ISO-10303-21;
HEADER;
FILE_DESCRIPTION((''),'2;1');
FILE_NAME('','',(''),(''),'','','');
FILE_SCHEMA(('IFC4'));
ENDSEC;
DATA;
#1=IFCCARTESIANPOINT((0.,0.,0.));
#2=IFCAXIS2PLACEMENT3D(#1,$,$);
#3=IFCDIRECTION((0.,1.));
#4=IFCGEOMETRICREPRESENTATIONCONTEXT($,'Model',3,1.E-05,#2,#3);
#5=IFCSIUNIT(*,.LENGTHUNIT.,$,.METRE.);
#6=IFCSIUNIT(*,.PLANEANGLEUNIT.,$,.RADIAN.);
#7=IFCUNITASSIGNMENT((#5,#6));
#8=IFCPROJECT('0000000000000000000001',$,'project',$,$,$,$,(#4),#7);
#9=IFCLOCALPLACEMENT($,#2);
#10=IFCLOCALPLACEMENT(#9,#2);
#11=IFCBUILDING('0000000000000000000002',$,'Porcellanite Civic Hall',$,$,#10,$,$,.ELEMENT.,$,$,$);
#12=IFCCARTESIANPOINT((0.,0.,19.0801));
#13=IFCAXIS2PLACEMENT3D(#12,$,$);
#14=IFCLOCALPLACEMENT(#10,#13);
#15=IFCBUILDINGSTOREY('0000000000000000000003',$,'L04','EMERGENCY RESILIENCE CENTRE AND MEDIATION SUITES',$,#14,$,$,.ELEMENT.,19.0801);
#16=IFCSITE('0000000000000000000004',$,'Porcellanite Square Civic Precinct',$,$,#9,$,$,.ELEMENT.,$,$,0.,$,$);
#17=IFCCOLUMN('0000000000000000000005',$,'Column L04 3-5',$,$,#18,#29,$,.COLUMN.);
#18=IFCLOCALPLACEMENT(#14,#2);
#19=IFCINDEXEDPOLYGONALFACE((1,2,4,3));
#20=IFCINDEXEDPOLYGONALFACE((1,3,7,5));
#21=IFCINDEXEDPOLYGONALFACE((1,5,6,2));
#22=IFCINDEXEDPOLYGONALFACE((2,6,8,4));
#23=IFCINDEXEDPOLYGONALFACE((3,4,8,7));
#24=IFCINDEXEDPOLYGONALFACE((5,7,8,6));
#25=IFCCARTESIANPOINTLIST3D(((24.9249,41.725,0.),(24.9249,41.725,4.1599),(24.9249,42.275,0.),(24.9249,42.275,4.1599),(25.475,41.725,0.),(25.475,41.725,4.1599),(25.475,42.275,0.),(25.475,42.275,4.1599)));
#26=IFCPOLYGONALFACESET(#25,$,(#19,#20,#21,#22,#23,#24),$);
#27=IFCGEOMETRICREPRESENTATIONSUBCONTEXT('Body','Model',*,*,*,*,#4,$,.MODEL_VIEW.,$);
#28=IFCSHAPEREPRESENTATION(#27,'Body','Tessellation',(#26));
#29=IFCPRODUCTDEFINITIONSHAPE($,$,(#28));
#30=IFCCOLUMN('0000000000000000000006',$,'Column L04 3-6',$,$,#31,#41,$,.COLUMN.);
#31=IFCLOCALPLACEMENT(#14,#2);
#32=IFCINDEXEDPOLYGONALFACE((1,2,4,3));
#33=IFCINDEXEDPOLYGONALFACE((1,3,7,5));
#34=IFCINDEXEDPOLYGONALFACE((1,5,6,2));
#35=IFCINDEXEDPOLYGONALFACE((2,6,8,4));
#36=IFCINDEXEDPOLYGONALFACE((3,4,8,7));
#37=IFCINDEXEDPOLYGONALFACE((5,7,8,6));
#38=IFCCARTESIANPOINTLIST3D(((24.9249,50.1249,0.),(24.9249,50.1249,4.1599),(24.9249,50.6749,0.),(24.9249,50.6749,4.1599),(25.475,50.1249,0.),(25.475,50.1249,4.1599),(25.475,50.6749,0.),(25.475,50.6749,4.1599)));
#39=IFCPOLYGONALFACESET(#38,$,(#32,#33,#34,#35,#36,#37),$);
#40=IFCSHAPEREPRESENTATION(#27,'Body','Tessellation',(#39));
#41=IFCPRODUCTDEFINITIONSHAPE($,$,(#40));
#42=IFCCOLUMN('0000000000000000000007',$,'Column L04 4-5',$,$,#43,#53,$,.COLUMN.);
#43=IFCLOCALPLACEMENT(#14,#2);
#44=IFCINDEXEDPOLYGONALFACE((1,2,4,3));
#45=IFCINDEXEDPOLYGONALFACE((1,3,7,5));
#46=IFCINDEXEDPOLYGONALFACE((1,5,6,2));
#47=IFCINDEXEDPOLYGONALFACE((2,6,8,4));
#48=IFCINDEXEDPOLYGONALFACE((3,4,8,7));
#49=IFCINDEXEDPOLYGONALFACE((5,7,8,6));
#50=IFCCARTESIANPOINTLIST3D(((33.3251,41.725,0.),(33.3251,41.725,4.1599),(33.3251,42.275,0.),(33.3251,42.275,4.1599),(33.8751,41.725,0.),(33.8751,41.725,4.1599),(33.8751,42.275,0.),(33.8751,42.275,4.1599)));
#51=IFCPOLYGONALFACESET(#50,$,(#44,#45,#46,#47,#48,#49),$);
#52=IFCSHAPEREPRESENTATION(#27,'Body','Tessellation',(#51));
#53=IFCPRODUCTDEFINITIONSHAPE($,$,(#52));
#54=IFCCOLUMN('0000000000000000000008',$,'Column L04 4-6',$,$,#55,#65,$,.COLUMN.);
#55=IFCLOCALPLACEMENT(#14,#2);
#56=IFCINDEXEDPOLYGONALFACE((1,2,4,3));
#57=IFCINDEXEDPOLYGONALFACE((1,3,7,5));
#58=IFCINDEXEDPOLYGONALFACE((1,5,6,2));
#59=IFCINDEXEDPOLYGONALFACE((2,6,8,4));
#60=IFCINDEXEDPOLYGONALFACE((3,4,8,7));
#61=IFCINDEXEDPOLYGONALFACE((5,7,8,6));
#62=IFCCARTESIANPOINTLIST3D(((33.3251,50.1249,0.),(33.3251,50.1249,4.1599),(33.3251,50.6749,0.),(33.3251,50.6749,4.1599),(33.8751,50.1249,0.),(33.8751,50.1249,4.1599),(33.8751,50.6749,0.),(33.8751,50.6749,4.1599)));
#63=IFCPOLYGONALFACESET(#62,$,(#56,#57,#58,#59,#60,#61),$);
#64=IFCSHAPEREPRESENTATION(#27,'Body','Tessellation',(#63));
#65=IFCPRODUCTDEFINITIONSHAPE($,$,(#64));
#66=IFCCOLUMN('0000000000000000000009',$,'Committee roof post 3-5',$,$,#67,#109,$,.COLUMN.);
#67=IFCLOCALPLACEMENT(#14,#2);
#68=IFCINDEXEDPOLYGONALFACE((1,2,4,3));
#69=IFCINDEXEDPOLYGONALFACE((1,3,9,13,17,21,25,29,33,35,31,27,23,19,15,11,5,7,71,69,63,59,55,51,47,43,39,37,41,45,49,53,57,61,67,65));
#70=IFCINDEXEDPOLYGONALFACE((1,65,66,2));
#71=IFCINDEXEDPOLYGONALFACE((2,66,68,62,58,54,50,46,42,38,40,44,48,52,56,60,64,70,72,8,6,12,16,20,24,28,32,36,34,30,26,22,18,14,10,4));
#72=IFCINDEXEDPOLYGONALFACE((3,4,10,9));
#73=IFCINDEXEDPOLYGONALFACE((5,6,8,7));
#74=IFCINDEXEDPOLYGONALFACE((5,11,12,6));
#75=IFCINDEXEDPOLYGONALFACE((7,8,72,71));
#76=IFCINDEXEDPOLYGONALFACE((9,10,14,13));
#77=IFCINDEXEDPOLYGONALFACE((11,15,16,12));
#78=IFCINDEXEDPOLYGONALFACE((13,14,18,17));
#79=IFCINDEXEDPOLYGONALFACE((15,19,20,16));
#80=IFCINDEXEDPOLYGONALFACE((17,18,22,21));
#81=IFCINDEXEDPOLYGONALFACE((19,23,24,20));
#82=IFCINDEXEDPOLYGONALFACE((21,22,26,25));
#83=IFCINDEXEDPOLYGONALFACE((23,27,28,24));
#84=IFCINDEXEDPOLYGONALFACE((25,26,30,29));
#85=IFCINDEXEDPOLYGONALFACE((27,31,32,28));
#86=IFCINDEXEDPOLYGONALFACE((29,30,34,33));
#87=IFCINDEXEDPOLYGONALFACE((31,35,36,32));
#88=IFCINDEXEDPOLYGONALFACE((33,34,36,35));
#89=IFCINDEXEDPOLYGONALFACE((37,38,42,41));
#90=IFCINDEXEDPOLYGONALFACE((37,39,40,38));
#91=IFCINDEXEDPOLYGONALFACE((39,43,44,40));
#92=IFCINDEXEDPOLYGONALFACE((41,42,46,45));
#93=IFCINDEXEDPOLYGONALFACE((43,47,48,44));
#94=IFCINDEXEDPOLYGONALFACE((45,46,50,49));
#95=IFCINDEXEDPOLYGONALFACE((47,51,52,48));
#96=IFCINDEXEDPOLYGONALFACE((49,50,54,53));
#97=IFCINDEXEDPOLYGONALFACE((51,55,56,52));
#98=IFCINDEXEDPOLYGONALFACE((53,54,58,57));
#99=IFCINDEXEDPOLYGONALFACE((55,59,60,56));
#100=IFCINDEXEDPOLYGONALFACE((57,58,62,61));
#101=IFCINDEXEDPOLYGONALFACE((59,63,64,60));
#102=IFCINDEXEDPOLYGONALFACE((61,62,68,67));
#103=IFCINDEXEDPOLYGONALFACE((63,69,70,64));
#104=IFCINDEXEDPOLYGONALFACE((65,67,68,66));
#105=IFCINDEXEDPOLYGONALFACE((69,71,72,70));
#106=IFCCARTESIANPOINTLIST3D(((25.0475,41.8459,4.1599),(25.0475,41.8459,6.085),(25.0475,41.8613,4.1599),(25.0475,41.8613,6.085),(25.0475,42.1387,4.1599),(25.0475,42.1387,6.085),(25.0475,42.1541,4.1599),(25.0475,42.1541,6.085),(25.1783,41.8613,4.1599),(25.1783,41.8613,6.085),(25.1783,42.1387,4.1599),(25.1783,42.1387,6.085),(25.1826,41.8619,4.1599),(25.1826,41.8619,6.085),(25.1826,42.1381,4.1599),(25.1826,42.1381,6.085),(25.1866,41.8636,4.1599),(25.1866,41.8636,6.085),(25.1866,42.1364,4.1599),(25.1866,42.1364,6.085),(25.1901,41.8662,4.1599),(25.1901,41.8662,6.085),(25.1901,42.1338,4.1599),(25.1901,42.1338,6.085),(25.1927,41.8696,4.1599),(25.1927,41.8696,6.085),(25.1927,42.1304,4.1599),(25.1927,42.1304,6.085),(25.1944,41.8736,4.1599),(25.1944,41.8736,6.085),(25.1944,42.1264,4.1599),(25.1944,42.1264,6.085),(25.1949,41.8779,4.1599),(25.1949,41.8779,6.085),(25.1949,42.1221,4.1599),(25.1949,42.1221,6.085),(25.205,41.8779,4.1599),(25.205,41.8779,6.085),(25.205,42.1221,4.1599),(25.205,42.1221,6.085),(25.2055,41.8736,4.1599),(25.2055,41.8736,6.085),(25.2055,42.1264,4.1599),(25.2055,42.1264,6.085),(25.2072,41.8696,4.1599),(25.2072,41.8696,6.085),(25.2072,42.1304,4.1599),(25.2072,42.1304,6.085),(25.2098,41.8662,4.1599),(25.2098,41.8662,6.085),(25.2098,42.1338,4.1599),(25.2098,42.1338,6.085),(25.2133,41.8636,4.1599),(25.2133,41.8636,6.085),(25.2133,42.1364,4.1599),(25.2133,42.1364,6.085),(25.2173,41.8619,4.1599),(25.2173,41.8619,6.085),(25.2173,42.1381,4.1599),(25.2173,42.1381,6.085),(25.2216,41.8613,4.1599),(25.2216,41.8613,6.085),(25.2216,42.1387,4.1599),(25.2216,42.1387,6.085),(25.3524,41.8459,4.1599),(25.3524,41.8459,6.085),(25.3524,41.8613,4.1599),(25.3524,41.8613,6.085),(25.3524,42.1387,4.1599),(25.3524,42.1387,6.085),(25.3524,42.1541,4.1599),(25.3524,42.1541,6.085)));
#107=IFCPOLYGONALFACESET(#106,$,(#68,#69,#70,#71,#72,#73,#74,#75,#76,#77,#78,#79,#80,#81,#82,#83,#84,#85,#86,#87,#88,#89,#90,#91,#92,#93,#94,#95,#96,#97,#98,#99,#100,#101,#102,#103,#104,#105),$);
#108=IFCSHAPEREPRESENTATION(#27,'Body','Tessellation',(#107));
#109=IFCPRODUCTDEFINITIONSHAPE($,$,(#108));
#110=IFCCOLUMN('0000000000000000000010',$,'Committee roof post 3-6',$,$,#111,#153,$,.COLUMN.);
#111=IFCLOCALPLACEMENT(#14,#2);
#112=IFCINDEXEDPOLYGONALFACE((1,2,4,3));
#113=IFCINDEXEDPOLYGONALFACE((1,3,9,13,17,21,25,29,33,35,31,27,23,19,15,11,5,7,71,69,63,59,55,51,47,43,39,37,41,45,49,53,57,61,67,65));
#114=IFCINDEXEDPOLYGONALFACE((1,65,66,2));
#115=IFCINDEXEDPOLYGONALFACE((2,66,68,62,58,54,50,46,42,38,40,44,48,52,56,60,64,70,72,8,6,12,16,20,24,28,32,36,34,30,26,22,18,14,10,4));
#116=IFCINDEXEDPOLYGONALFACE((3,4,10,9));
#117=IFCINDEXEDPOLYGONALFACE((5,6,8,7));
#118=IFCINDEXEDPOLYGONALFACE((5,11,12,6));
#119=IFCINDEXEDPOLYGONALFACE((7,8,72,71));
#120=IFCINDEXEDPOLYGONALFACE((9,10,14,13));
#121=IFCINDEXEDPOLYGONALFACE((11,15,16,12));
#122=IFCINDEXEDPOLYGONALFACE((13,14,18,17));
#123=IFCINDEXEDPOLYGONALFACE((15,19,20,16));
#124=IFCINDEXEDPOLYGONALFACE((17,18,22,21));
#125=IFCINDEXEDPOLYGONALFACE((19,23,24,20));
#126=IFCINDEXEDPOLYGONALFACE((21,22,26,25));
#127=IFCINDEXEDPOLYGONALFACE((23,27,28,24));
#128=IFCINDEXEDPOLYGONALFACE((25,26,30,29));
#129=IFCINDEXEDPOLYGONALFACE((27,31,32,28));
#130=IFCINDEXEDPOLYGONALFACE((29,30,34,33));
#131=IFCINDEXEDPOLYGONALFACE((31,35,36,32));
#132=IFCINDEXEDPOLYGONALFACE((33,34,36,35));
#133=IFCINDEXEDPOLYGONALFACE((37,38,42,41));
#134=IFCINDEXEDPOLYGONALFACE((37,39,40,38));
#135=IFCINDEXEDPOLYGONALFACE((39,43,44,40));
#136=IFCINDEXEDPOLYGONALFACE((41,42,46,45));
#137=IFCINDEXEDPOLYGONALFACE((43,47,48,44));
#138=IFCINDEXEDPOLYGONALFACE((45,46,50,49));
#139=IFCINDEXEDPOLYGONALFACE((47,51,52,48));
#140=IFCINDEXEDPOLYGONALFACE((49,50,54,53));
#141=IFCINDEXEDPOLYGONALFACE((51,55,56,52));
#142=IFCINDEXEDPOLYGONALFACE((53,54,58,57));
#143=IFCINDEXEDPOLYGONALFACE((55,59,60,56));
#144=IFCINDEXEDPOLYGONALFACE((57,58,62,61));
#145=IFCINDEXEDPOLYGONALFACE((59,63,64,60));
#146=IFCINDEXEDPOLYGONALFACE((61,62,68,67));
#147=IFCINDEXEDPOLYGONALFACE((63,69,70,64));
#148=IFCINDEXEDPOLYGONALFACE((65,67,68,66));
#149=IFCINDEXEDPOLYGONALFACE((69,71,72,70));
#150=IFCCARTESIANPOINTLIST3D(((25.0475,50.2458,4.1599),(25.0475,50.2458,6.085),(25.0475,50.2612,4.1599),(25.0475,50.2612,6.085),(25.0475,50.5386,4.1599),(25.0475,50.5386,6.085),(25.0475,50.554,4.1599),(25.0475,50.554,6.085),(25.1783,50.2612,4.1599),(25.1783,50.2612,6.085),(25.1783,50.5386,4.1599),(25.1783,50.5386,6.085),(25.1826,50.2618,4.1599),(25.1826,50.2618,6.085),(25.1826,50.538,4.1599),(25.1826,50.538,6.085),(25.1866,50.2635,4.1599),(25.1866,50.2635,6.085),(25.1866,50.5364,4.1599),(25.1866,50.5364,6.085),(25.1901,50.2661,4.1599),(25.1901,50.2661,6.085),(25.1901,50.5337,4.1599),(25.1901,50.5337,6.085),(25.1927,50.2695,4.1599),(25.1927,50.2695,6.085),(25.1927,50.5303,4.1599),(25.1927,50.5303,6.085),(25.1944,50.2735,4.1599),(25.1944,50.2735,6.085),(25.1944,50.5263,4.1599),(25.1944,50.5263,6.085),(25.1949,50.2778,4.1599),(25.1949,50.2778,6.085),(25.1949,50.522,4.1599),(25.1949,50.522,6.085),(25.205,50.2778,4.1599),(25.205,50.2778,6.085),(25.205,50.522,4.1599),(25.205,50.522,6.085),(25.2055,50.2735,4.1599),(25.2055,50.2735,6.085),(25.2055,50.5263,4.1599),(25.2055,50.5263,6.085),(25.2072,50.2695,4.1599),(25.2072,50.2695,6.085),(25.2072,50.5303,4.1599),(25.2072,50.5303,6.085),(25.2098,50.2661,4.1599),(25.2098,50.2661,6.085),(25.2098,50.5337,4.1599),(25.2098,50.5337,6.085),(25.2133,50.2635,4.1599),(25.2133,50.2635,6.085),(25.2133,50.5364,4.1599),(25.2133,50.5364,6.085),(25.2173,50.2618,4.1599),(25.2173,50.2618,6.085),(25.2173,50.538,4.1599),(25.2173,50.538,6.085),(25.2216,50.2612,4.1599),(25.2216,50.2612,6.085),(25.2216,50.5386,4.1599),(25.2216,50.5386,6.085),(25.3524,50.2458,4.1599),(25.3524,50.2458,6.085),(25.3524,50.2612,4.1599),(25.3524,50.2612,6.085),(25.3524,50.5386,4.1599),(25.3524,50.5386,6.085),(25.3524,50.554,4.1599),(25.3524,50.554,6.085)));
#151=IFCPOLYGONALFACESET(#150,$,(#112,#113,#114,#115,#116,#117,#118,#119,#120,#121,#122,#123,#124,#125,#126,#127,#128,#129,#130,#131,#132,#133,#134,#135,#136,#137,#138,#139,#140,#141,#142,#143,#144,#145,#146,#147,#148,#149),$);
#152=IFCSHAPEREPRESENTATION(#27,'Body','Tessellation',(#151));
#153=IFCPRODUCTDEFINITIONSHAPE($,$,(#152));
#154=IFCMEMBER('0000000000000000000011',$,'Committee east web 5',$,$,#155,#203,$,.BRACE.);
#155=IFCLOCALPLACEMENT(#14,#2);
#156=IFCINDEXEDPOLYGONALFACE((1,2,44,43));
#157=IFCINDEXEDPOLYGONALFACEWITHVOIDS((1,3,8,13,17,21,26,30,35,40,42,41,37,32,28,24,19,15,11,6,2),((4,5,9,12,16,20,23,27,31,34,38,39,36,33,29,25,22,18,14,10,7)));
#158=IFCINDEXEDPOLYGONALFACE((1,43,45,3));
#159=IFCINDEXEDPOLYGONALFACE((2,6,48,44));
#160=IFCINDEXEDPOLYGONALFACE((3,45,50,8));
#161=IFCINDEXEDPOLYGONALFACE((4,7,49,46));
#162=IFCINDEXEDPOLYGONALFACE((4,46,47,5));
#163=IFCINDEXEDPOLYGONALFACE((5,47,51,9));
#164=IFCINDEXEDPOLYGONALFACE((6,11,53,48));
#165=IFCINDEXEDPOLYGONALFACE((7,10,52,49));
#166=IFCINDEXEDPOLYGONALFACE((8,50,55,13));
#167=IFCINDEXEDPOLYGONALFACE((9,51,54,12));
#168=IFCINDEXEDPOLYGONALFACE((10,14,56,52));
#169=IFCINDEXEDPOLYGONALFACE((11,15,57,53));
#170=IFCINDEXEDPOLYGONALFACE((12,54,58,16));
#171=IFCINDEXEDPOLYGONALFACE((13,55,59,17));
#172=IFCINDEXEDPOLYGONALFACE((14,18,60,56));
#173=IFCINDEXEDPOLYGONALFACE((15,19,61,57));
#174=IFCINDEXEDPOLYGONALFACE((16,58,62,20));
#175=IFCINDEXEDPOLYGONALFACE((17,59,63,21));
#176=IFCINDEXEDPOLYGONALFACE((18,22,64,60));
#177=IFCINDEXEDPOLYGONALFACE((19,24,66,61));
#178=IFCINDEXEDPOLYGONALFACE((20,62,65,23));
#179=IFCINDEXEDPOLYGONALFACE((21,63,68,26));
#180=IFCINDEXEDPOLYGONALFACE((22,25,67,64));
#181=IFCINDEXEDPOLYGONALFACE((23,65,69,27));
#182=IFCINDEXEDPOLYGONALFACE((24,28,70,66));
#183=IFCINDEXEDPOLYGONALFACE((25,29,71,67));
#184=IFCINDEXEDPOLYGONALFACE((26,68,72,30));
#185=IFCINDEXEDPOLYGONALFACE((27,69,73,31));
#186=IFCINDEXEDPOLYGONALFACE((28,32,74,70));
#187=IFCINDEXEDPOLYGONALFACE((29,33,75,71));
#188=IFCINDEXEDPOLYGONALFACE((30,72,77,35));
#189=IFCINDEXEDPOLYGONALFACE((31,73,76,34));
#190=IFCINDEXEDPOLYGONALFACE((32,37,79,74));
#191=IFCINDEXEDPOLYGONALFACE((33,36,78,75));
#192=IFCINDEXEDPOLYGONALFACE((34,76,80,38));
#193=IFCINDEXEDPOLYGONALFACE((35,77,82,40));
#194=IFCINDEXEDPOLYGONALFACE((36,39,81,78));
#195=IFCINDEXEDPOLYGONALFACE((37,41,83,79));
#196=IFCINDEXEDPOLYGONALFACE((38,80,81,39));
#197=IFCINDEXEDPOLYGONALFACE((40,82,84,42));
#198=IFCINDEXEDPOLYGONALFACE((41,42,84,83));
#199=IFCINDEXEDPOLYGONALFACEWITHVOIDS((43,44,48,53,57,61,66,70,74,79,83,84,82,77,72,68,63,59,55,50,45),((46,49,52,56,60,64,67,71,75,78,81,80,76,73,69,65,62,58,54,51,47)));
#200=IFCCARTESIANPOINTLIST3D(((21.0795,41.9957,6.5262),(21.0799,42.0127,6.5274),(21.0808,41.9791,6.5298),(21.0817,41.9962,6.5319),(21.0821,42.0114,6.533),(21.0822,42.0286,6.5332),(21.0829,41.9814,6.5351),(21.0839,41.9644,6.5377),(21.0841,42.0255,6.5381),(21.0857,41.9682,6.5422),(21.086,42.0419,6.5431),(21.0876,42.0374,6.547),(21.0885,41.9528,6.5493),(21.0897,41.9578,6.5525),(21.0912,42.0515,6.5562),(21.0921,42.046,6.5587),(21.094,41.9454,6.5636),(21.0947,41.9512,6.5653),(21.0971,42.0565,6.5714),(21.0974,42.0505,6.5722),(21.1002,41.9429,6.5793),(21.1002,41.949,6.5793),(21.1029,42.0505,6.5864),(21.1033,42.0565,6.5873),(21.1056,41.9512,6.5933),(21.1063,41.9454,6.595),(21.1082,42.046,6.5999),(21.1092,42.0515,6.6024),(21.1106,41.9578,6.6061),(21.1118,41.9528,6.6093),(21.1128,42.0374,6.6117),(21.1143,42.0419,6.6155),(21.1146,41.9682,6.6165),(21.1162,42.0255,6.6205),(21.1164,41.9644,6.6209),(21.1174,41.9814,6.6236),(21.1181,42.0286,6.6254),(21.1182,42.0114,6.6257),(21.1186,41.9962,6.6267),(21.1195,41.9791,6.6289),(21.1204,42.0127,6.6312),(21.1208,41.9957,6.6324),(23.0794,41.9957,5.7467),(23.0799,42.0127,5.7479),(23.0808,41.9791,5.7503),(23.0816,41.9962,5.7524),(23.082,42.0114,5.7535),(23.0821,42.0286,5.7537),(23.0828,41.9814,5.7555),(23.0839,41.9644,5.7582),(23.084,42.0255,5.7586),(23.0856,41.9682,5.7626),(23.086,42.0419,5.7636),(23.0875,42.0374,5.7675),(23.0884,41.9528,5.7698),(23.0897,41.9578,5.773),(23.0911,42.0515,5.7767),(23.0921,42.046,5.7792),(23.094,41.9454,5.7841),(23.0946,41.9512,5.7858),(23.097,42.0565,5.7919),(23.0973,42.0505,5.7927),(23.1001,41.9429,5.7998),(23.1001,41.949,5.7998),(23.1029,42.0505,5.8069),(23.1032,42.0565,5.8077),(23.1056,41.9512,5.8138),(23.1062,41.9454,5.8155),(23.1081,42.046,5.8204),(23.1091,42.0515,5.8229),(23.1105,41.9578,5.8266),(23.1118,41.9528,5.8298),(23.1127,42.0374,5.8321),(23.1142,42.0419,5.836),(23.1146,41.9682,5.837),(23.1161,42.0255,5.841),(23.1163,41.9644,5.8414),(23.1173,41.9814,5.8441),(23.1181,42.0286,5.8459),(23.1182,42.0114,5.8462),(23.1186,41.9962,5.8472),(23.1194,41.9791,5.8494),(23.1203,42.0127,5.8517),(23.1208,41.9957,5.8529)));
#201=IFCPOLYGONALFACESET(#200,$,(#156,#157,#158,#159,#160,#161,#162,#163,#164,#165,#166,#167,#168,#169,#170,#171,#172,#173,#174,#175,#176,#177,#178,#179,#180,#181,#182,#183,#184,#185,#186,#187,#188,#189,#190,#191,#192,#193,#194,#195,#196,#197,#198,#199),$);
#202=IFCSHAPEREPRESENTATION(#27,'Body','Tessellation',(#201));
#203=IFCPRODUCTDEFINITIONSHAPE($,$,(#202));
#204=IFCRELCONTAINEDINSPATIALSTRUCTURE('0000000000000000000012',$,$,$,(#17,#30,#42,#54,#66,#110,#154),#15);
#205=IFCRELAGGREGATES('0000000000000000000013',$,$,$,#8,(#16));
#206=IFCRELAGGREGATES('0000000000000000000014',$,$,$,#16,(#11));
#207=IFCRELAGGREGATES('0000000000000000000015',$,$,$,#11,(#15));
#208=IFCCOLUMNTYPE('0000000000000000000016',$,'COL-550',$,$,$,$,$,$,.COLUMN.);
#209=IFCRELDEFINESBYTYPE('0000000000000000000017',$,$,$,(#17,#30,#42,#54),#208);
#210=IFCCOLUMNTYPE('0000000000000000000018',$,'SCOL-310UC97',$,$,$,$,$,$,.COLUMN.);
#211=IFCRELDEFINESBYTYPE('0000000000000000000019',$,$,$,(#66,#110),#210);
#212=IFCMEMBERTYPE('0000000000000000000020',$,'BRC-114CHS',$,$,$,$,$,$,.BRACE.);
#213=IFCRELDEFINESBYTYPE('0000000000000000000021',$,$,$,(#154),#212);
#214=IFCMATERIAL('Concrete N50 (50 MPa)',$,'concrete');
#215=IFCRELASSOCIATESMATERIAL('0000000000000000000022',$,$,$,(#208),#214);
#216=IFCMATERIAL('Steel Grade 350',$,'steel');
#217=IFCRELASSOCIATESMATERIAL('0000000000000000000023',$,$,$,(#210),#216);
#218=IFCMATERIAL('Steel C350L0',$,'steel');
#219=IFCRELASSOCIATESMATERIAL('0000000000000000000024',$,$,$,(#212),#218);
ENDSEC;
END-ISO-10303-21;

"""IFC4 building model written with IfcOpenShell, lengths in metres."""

from ifc_helpers import new_model, si_unit, direction, frame, origin, origin_2d, place, context, subcontext, project, spatial, rectangle, hollow_circle, i_section, extrude, material, material_profile, profile_set, type_object, element, save


model = new_model("IFC4")

# Units and contexts
model_context = context("Model", 3, precision=1e-05, world=origin(), true_north=direction((0.0, 1.0)))
body_context = subcontext(model_context, "Body", "Model", "MODEL_VIEW")
ifc_project = project(units=[si_unit("LENGTHUNIT", "METRE"), si_unit("PLANEANGLEUNIT", "RADIAN")], contexts=[model_context])

# Site, building, storey
site_placement = place(None, origin())
site = spatial("IfcSite", under=ifc_project, at=site_placement, Name="Porcellanite Square Civic Precinct", CompositionType="ELEMENT", RefElevation=0.0)
building_placement = place(site_placement, origin())
building = spatial("IfcBuilding", under=site, at=building_placement, Name="Porcellanite Civic Hall", CompositionType="ELEMENT")
storey_placement = place(building_placement, frame((0.0, 0.0, 19.0801)))
storey = spatial("IfcBuildingStorey", under=building, at=storey_placement, Name="L04", Description="EMERGENCY RESILIENCE CENTRE AND MEDIATION SUITES", CompositionType="ELEMENT", Elevation=19.0801)

# Columns
ifc_material_1 = material(Name="Concrete N50 (50 MPa)", Category="concrete")
ifc_material_profile_1 = material_profile(ifc_material_1, rectangle(XDim=0.55, YDim=0.55, at=origin_2d()), Name="RC-550x550")
ifc_profile_set_1 = profile_set([ifc_material_profile_1], Name="Concrete N50 (50 MPa)")
column_type_1 = type_object("IfcColumnType", Name="COL-550", PredefinedType="COLUMN", material=ifc_profile_set_1)
for number, where, z_axis, x_axis, name in (
    (1, (25.2, 42.0, 0.0), (0.0, 0.0, 1.0), (1.0, 0.0, 0.0), "Column L04 3-5"),
    (2, (25.2, 50.3999, 0.0), (0.0, 0.0, 1.0), (1.0, 0.0, 0.0), "Column L04 3-6"),
    (3, (33.6001, 42.0, 0.0), (0.0, 0.0, 1.0), (1.0, 0.0, 0.0), "Column L04 4-5"),
    (4, (33.6001, 50.3999, 0.0), (0.0, 0.0, 1.0), (1.0, 0.0, 0.0), "Column L04 4-6"),
):
    element("IfcColumn", number, at=place(storey_placement, frame(where, z_axis=z_axis, x_axis=x_axis)), inside=storey, type_object=column_type_1, Name=name, PredefinedType="COLUMN", context=body_context, shape_type="SweptSolid", body=[
        extrude(rectangle(XDim=0.55, YDim=0.55, at=origin_2d()), origin(), (0.0, 0.0, 1.0), 4.1599),
    ])
ifc_material_2 = material(Name="Steel Grade 350", Category="steel")
ifc_material_profile_2 = material_profile(ifc_material_2, i_section(OverallWidth=0.3049, OverallDepth=0.3081, WebThickness=0.01, FlangeThickness=0.0154, FilletRadius=0.0166, at=origin_2d()), Name="310UC96.8")
ifc_profile_set_2 = profile_set([ifc_material_profile_2], Name="Steel Grade 350")
column_type_2 = type_object("IfcColumnType", Name="SCOL-310UC97", PredefinedType="COLUMN", material=ifc_profile_set_2)
for number, where, z_axis, x_axis, name in (
    (5, (25.2, 42.0, 4.1599), (0.0, 0.0, 1.0), (1.0, 0.0, 0.0), "Committee roof post 3-5"),
    (6, (25.2, 50.3999, 4.1599), (0.0, 0.0, 1.0), (1.0, 0.0, 0.0), "Committee roof post 3-6"),
):
    element("IfcColumn", number, at=place(storey_placement, frame(where, z_axis=z_axis, x_axis=x_axis)), inside=storey, type_object=column_type_2, Name=name, PredefinedType="COLUMN", context=body_context, shape_type="SweptSolid", body=[
        extrude(i_section(OverallWidth=0.3049, OverallDepth=0.3081, WebThickness=0.01, FlangeThickness=0.0154, FilletRadius=0.0166, at=origin_2d()), origin(), (0.0, 0.0, 1.0), 1.925),
    ])

# Member
ifc_material_3 = material(Name="Steel C350L0", Category="steel")
ifc_material_profile_3 = material_profile(ifc_material_3, hollow_circle(Radius=0.0571, WallThickness=0.0061, at=origin_2d()), Name="114.3x6.0CHS")
ifc_profile_set_3 = profile_set([ifc_material_profile_3], Name="Steel C350L0")
member_type_1 = type_object("IfcMemberType", Name="BRC-114CHS", PredefinedType="BRACE", material=ifc_profile_set_3)
for number, where, z_axis, x_axis, name in (
    (7, (23.1001, 42.0, 5.7998), (-0.931727, 0.0, 0.36316), (0.0, -1.0, 0.0), "Committee east web 5"),
):
    element("IfcMember", number, at=place(storey_placement, frame(where, z_axis=z_axis, x_axis=x_axis)), inside=storey, type_object=member_type_1, Name=name, PredefinedType="BRACE", context=body_context, shape_type="SweptSolid", body=[
        extrude(hollow_circle(Radius=0.0571, WallThickness=0.0061, at=origin_2d()), origin(), (0.0, 0.0, 1.0), 2.1465),
    ])

save(model, "model.ifc")
